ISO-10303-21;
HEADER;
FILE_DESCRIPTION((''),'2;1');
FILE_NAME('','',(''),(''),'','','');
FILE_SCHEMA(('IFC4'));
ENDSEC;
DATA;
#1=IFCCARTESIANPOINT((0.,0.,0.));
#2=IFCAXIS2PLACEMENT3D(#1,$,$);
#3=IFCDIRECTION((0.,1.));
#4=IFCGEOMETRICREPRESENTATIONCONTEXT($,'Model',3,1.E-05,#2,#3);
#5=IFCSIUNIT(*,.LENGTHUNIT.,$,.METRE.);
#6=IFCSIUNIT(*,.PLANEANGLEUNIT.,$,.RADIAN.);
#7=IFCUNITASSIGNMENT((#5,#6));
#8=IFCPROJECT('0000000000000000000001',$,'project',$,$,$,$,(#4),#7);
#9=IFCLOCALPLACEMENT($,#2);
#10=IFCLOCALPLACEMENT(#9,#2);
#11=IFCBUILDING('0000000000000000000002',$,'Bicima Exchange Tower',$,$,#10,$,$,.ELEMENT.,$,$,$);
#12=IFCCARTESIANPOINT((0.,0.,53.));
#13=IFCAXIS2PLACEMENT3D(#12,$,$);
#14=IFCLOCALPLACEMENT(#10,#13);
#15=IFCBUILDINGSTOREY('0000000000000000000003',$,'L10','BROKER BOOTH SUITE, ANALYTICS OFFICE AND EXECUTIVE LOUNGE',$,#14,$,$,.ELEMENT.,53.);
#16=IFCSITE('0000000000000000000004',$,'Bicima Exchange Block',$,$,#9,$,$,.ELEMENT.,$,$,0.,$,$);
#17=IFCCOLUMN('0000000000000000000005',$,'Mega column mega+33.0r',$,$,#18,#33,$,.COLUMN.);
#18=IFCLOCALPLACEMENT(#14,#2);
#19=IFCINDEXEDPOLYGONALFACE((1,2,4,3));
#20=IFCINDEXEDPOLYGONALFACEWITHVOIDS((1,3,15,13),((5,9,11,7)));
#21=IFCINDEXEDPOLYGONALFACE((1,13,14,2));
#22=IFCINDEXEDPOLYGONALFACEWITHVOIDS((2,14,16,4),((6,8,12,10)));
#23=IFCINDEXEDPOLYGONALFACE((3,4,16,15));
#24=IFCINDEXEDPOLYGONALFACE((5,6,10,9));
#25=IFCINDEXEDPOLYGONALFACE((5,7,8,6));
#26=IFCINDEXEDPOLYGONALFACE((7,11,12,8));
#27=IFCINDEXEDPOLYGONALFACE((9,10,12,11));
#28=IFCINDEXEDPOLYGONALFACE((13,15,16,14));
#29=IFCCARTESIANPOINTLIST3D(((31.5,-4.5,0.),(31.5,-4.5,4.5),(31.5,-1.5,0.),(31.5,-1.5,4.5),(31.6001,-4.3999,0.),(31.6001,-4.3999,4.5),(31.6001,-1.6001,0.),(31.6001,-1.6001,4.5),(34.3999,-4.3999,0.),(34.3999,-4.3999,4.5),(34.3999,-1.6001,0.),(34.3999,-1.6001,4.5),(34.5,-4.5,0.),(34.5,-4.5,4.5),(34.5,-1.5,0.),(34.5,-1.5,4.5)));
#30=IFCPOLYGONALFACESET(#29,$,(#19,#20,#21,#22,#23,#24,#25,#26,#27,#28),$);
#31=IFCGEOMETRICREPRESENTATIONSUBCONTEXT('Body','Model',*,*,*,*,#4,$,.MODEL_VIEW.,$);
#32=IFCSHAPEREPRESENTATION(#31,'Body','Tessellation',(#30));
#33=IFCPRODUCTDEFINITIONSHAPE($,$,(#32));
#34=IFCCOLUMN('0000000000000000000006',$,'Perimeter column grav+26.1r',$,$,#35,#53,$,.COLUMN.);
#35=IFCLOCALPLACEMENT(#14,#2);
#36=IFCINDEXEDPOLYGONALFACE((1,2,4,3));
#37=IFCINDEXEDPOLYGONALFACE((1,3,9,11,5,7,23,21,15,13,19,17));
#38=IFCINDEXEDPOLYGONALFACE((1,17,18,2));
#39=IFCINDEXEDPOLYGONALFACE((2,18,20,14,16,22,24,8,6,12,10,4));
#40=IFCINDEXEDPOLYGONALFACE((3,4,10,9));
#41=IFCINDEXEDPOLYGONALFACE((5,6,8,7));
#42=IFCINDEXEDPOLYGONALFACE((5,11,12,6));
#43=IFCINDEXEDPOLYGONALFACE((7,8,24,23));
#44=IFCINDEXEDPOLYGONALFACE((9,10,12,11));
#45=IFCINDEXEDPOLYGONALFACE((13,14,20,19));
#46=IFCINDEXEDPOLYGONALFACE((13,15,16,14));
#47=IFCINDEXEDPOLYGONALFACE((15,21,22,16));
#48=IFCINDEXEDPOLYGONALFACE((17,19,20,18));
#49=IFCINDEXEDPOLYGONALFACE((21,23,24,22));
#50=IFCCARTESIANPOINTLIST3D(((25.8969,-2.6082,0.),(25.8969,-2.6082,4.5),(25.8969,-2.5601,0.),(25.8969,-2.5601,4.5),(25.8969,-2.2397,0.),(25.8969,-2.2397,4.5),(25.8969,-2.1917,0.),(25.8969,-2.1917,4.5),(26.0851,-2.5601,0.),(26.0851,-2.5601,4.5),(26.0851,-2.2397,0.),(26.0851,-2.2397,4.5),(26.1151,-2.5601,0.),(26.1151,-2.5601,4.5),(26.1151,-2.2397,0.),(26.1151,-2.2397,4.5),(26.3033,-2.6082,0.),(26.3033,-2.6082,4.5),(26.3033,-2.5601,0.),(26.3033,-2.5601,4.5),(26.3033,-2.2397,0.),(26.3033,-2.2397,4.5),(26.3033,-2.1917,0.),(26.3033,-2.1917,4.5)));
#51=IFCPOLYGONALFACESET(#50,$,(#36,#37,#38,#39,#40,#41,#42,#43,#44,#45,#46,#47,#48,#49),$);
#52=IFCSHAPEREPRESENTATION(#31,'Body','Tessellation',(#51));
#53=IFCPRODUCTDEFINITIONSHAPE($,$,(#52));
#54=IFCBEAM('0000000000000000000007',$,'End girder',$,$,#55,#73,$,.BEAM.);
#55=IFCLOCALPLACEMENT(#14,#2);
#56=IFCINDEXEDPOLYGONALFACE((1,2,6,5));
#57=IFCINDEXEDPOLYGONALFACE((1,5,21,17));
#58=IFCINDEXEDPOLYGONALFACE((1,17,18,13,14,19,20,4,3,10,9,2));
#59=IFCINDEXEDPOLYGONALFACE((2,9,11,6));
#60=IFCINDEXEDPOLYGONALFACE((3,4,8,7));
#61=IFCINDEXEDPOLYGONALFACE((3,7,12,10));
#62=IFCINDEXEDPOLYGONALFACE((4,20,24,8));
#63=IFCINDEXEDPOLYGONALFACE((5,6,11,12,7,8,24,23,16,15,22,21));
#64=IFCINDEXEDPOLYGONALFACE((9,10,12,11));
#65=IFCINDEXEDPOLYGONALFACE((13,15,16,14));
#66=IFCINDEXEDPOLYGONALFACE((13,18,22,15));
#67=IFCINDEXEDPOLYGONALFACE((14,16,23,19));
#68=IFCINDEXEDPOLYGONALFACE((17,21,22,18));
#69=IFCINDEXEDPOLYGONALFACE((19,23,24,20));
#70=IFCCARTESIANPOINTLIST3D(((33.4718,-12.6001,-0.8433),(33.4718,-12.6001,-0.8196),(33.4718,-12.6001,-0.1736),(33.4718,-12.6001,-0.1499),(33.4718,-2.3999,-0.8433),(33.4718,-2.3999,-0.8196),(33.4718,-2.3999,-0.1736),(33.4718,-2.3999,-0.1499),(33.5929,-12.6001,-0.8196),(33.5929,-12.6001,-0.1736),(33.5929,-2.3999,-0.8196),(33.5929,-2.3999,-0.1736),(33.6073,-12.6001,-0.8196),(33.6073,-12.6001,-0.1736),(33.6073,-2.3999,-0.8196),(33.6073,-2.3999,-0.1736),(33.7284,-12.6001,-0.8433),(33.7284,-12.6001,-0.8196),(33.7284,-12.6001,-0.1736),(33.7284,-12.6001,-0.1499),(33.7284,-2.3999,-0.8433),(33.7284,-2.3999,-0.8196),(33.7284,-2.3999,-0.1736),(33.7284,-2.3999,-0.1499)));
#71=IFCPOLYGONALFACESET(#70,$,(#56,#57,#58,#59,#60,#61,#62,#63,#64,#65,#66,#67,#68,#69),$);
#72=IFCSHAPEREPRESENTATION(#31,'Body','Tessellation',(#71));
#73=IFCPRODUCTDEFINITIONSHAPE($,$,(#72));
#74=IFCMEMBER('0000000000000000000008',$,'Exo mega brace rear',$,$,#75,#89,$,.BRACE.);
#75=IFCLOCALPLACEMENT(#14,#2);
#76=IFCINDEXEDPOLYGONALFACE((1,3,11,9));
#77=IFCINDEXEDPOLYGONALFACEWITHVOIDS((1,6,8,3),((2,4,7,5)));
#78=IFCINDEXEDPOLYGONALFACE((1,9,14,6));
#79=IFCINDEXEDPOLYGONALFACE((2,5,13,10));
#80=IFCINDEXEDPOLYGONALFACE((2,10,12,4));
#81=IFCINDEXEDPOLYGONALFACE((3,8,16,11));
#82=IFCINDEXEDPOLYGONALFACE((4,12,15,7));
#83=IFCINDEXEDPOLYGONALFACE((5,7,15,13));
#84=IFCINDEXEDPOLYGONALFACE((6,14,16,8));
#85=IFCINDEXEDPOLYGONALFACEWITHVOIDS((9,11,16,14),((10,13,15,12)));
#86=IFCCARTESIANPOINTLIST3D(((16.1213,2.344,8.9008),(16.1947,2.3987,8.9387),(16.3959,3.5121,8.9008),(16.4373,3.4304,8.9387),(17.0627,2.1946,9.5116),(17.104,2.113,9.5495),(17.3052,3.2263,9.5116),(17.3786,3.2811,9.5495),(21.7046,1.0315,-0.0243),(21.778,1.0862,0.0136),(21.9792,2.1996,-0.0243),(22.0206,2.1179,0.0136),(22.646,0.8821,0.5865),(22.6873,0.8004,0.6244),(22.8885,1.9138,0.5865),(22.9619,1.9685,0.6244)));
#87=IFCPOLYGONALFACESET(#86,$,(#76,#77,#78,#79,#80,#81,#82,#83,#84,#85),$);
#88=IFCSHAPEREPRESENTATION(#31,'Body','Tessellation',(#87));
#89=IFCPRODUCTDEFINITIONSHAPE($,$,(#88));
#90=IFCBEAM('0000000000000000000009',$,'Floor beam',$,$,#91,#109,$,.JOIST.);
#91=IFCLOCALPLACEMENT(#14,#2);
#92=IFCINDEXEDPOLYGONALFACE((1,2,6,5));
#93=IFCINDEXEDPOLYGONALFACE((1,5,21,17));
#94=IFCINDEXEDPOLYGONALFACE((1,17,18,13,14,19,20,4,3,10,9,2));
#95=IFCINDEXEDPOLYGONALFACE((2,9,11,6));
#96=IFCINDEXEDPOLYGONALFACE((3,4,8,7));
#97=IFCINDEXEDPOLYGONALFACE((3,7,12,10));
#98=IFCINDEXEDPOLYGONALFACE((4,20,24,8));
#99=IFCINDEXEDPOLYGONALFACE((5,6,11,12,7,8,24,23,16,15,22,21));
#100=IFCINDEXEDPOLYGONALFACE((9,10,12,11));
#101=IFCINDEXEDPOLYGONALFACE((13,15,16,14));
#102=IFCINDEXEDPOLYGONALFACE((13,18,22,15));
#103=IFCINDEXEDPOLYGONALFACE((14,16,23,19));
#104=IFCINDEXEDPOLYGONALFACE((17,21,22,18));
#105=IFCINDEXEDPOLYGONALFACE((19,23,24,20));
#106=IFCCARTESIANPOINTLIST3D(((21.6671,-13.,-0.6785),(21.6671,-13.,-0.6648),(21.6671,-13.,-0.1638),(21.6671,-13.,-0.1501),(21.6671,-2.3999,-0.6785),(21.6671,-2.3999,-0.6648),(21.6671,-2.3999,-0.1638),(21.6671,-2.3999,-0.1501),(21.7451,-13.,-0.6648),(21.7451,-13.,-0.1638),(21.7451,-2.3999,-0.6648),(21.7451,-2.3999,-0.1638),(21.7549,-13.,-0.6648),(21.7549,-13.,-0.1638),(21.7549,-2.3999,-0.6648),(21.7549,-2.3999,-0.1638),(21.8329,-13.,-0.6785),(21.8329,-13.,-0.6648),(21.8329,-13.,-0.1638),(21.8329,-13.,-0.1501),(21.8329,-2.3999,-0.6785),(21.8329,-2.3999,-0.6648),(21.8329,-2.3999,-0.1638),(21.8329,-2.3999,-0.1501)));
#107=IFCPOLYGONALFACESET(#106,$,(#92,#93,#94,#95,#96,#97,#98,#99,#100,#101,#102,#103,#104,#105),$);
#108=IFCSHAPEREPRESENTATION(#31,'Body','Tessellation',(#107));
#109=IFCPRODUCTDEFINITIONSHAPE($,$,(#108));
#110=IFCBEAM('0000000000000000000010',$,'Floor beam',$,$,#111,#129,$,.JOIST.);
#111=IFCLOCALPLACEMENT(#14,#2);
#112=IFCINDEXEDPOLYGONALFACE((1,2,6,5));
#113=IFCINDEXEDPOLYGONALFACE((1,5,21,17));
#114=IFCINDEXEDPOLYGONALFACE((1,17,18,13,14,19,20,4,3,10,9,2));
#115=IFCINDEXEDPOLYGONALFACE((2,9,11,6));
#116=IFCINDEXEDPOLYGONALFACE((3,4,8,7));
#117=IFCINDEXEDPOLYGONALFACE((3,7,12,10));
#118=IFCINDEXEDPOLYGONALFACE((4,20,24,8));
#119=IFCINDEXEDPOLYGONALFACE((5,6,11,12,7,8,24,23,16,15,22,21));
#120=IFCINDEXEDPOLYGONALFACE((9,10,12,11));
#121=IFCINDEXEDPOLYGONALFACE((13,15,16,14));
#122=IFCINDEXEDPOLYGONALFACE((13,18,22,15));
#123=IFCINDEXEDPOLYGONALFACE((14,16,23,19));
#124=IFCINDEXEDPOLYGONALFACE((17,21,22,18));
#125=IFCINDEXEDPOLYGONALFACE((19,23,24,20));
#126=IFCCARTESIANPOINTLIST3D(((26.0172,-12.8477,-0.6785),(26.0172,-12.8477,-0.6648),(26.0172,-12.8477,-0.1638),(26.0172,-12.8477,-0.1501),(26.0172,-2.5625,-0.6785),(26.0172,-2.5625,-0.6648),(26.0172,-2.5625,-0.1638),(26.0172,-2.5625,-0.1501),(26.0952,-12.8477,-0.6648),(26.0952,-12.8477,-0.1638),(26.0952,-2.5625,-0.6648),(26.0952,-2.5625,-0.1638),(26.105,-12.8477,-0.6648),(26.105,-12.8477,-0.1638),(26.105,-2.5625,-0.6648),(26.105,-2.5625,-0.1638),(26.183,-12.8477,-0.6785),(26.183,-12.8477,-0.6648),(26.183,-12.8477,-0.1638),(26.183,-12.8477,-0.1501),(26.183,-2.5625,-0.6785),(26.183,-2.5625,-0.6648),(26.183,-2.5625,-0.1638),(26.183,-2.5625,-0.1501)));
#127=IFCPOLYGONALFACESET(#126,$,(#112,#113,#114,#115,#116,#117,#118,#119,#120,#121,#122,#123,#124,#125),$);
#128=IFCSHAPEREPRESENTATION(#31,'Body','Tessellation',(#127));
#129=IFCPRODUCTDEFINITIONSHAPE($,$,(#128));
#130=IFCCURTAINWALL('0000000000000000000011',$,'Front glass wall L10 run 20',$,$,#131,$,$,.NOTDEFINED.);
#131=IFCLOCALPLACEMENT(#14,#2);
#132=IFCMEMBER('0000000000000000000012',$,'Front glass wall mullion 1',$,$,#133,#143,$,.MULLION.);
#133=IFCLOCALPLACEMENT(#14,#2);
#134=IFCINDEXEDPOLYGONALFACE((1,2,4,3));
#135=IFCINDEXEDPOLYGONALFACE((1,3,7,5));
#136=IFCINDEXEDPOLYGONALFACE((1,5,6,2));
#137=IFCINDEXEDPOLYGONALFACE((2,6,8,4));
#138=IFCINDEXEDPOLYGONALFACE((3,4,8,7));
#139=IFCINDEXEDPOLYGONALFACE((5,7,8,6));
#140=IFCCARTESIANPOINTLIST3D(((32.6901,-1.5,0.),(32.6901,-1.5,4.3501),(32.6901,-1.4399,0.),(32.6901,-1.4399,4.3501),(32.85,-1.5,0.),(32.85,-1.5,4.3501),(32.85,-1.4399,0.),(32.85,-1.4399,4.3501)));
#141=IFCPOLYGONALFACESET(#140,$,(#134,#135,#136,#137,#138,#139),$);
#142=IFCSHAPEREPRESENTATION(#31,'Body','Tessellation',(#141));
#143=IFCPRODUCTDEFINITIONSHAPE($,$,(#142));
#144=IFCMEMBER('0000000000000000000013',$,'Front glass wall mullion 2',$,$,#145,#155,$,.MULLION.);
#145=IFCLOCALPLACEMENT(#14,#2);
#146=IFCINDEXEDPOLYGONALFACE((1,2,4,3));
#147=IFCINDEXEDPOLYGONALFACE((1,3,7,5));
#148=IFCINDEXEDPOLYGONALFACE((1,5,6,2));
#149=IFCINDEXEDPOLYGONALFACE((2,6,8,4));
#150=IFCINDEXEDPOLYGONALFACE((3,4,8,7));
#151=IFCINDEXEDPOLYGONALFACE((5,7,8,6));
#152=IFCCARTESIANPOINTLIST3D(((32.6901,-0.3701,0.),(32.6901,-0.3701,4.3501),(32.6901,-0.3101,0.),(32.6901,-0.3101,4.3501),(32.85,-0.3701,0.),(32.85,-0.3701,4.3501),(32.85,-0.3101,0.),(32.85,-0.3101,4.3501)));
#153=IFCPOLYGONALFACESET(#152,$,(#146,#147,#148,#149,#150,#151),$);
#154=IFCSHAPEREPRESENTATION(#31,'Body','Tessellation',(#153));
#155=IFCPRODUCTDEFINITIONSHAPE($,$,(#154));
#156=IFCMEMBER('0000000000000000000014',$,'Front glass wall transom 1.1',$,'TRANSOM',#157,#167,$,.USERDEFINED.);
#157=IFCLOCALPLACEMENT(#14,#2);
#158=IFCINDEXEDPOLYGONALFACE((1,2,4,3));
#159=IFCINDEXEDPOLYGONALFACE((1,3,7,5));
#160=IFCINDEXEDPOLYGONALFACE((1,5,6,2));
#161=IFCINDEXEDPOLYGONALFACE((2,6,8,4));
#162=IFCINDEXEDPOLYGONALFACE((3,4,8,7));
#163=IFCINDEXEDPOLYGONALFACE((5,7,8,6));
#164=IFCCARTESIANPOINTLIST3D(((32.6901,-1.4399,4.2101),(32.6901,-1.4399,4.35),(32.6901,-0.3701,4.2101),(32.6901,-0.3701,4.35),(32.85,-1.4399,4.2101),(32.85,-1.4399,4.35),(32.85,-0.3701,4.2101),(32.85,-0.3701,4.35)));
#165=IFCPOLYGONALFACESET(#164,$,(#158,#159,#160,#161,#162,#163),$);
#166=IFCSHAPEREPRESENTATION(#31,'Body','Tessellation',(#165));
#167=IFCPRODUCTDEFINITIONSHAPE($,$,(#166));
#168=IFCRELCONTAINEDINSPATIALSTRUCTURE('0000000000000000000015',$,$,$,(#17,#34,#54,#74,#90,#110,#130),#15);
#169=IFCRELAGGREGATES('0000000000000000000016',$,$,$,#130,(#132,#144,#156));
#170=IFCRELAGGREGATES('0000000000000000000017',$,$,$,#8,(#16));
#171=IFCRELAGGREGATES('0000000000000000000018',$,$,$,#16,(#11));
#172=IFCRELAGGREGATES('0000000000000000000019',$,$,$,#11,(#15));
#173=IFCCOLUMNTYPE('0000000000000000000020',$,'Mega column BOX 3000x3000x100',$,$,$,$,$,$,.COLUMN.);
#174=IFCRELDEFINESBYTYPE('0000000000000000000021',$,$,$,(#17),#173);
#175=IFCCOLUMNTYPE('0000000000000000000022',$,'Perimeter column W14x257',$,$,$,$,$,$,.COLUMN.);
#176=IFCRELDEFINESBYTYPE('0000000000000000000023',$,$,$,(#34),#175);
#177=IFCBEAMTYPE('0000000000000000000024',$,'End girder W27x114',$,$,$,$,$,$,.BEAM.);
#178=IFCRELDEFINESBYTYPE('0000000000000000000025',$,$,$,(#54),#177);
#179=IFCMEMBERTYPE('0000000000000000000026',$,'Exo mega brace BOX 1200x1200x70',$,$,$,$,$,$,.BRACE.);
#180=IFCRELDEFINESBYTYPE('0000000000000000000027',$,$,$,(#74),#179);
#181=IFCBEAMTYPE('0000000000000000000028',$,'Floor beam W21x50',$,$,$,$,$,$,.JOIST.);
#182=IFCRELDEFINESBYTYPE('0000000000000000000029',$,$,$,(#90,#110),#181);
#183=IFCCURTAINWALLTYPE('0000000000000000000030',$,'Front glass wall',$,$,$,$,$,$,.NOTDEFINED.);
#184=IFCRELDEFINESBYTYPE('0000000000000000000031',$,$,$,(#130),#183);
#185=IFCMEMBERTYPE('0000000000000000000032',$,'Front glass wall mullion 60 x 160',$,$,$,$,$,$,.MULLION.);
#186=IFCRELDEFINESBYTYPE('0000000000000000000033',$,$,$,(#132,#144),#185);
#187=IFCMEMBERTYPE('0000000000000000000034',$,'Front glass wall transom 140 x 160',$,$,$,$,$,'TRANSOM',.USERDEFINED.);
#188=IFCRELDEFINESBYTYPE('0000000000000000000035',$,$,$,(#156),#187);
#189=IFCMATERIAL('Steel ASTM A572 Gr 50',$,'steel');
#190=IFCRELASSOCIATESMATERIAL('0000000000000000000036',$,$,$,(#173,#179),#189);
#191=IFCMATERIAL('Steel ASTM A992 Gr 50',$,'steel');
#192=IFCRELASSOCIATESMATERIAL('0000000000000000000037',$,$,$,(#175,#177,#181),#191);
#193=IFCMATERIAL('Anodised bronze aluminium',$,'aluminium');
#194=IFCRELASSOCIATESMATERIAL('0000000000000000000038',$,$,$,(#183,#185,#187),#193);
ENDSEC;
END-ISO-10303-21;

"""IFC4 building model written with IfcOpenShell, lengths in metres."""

from ifc_helpers import new_model, si_unit, direction, frame, origin, origin_2d, place, context, subcontext, project, spatial, rectangle, hollow_rectangle, i_section, extrude, material, material_profile, profile_set, type_object, element, aggregate, save


model = new_model("IFC4")

# Units and contexts
model_context = context("Model", 3, precision=1e-05, world=origin(), true_north=direction((0.0, 1.0)))
body_context = subcontext(model_context, "Body", "Model", "MODEL_VIEW")
ifc_project = project(units=[si_unit("LENGTHUNIT", "METRE"), si_unit("PLANEANGLEUNIT", "RADIAN")], contexts=[model_context])

# Site, building, storey
site_placement = place(None, origin())
site = spatial("IfcSite", under=ifc_project, at=site_placement, Name="Bicima Exchange Block", CompositionType="ELEMENT", RefElevation=0.0)
building_placement = place(site_placement, origin())
building = spatial("IfcBuilding", under=site, at=building_placement, Name="Bicima Exchange Tower", CompositionType="ELEMENT")
storey_placement = place(building_placement, frame((0.0, 0.0, 53.0)))
storey = spatial("IfcBuildingStorey", under=building, at=storey_placement, Name="L10", Description="BROKER BOOTH SUITE, ANALYTICS OFFICE AND EXECUTIVE LOUNGE", CompositionType="ELEMENT", Elevation=53.0)

# Columns
ifc_material_1 = material(Name="Steel ASTM A572 Gr 50", Category="steel")
ifc_material_profile_1 = material_profile(ifc_material_1, hollow_rectangle(XDim=3.0, YDim=3.0, WallThickness=0.1001, at=origin_2d()))
ifc_profile_set_1 = profile_set([ifc_material_profile_1], Name="Steel ASTM A572 Gr 50")
column_type_1 = type_object("IfcColumnType", Name="Mega column BOX 3000x3000x100", PredefinedType="COLUMN", material=ifc_profile_set_1)
column_1_placement = place(storey_placement, frame((33.0, -3.0, 0.0), z_axis=(0.0, 0.0, 1.0), x_axis=(1.0, 0.0, 0.0)))
element("IfcColumn", 1, at=column_1_placement, inside=storey, type_object=column_type_1, Name="Mega column mega+33.0r", PredefinedType="COLUMN", context=body_context, shape_type="SweptSolid", body=[
    extrude(hollow_rectangle(XDim=3.0, YDim=3.0, WallThickness=0.1001, at=origin_2d()), origin(), (0.0, 0.0, 1.0), 4.5),
])
ifc_material_2 = material(Name="Steel ASTM A992 Gr 50", Category="steel")
ifc_material_profile_2 = material_profile(ifc_material_2, i_section(OverallWidth=0.4065, OverallDepth=0.4165, WebThickness=0.03, FlangeThickness=0.0481, at=origin_2d()))
ifc_profile_set_2 = profile_set([ifc_material_profile_2], Name="Steel ASTM A992 Gr 50")
column_type_2 = type_object("IfcColumnType", Name="Perimeter column W14x257", PredefinedType="COLUMN", material=ifc_profile_set_2)
column_2_placement = place(storey_placement, frame((26.1001, -2.3999, 0.0), z_axis=(0.0, 0.0, 1.0), x_axis=(1.0, 0.0, 0.0)))
element("IfcColumn", 2, at=column_2_placement, inside=storey, type_object=column_type_2, Name="Perimeter column grav+26.1r", PredefinedType="COLUMN", context=body_context, shape_type="SweptSolid", body=[
    extrude(i_section(OverallWidth=0.4065, OverallDepth=0.4165, WebThickness=0.03, FlangeThickness=0.0481, at=origin_2d()), origin(), (0.0, 0.0, 1.0), 4.5),
])

# Beam
ifc_material_profile_3 = material_profile(ifc_material_2, i_section(OverallWidth=0.2566, OverallDepth=0.6934, WebThickness=0.0144, FlangeThickness=0.0237, at=origin_2d()))
ifc_profile_set_3 = profile_set([ifc_material_profile_3], Name="Steel ASTM A992 Gr 50")
beam_type_1 = type_object("IfcBeamType", Name="End girder W27x114", PredefinedType="BEAM", material=ifc_profile_set_3)
beam_1_placement = place(storey_placement, frame((33.6001, -2.3999, -0.4966), z_axis=(0.0, -1.0, 0.0), x_axis=(1.0, 0.0, 0.0)))
element("IfcBeam", 3, at=beam_1_placement, inside=storey, type_object=beam_type_1, Name="End girder", PredefinedType="BEAM", context=body_context, shape_type="SweptSolid", body=[
    extrude(i_section(OverallWidth=0.2566, OverallDepth=0.6934, WebThickness=0.0144, FlangeThickness=0.0237, at=origin_2d()), origin(), (0.0, 0.0, 1.0), 10.2002),
])

# Member
ifc_material_profile_4 = material_profile(ifc_material_1, hollow_rectangle(XDim=1.2, YDim=1.2, WallThickness=0.0701, at=origin_2d()))
ifc_profile_set_4 = profile_set([ifc_material_profile_4], Name="Steel ASTM A572 Gr 50")
member_type_1 = type_object("IfcMemberType", Name="Exo mega brace BOX 1200x1200x70", PredefinedType="BRACE", material=ifc_profile_set_4)
member_1_placement = place(storey_placement, frame((22.3333, 1.5, 0.3), z_axis=(-0.526273, 0.123715, 0.841268), x_axis=(-0.22884, -0.973464, 0.0)))
element("IfcMember", 4, at=member_1_placement, inside=storey, type_object=member_type_1, Name="Exo mega brace rear", PredefinedType="BRACE", context=body_context, shape_type="SweptSolid", body=[
    extrude(hollow_rectangle(XDim=1.2, YDim=1.2, WallThickness=0.0701, at=origin_2d()), origin(), (0.0, 0.0, 1.0), 10.6091),
])

# Beams
ifc_material_profile_5 = material_profile(ifc_material_2, i_section(OverallWidth=0.1658, OverallDepth=0.5283, WebThickness=0.0098, FlangeThickness=0.0137, at=origin_2d()))
ifc_profile_set_5 = profile_set([ifc_material_profile_5], Name="Steel ASTM A992 Gr 50")
beam_type_2 = type_object("IfcBeamType", Name="Floor beam W21x50", PredefinedType="JOIST", material=ifc_profile_set_5)
beam_2_placement = place(storey_placement, frame((21.75, -2.3999, -0.4143), z_axis=(0.0, -1.0, 0.0), x_axis=(1.0, 0.0, 0.0)))
element("IfcBeam", 5, at=beam_2_placement, inside=storey, type_object=beam_type_2, Name="Floor beam", PredefinedType="JOIST", context=body_context, shape_type="SweptSolid", body=[
    extrude(i_section(OverallWidth=0.1658, OverallDepth=0.5283, WebThickness=0.0098, FlangeThickness=0.0137, at=origin_2d()), origin(), (0.0, 0.0, 1.0), 10.6001),
])
beam_3_placement = place(storey_placement, frame((26.1001, -2.5625, -0.4143), z_axis=(0.0, -1.0, 0.0), x_axis=(1.0, 0.0, 0.0)))
element("IfcBeam", 6, at=beam_3_placement, inside=storey, type_object=beam_type_2, Name="Floor beam", PredefinedType="JOIST", context=body_context, shape_type="SweptSolid", body=[
    extrude(i_section(OverallWidth=0.1658, OverallDepth=0.5283, WebThickness=0.0098, FlangeThickness=0.0137, at=origin_2d()), origin(), (0.0, 0.0, 1.0), 10.2852),
])

# Curtain wall, members
ifc_material_3 = material(Name="Anodised bronze aluminium", Category="aluminium")
curtain_wall_type = type_object("IfcCurtainWallType", Name="Front glass wall", PredefinedType="NOTDEFINED", material=ifc_material_3)
curtain_wall_placement = place(storey_placement, origin())
curtain_wall = element("IfcCurtainWall", 7, at=curtain_wall_placement, inside=storey, type_object=curtain_wall_type, Name="Front glass wall L10 run 20", PredefinedType="NOTDEFINED")
ifc_material_profile_6 = material_profile(ifc_material_3, rectangle(XDim=0.1599, YDim=0.0601, at=origin_2d()))
ifc_profile_set_6 = profile_set([ifc_material_profile_6], Name="Anodised bronze aluminium")
member_type_2 = type_object("IfcMemberType", Name="Front glass wall mullion 60 x 160", PredefinedType="MULLION", material=ifc_profile_set_6)
member_2_placement = place(storey_placement, frame((32.77, -1.47, 0.0), z_axis=(0.0, 0.0, 1.0), x_axis=(-1.0, 0.0, 0.0)))
member_2 = element("IfcMember", 8, at=member_2_placement, type_object=member_type_2, Name="Front glass wall mullion 1", PredefinedType="MULLION", context=body_context, shape_type="SweptSolid", body=[
    extrude(rectangle(XDim=0.1599, YDim=0.0601, at=origin_2d()), origin(), (0.0, 0.0, 1.0), 4.3501),
])
member_3_placement = place(storey_placement, frame((32.77, -0.3401, 0.0), z_axis=(0.0, 0.0, 1.0), x_axis=(-1.0, 0.0, 0.0)))
member_3 = element("IfcMember", 9, at=member_3_placement, type_object=member_type_2, Name="Front glass wall mullion 2", PredefinedType="MULLION", context=body_context, shape_type="SweptSolid", body=[
    extrude(rectangle(XDim=0.1599, YDim=0.0601, at=origin_2d()), origin(), (0.0, 0.0, 1.0), 4.3501),
])
ifc_material_profile_7 = material_profile(ifc_material_3, rectangle(XDim=0.1599, YDim=0.1399, at=origin_2d()))
ifc_profile_set_7 = profile_set([ifc_material_profile_7], Name="Anodised bronze aluminium")
member_type_3 = type_object("IfcMemberType", Name="Front glass wall transom 140 x 160", ElementType="TRANSOM", PredefinedType="USERDEFINED", material=ifc_profile_set_7)
member_4_placement = place(storey_placement, frame((32.77, -1.4399, 4.28), z_axis=(0.0, 1.0, 0.0), x_axis=(-1.0, 0.0, 0.0)))
member_4 = element("IfcMember", 10, at=member_4_placement, type_object=member_type_3, Name="Front glass wall transom 1.1", ObjectType="TRANSOM", PredefinedType="USERDEFINED", context=body_context, shape_type="SweptSolid", body=[
    extrude(rectangle(XDim=0.1599, YDim=0.1399, at=origin_2d()), origin(), (0.0, 0.0, 1.0), 1.0698),
])

aggregate(curtain_wall, [member_2, member_3, member_4])

save(model, "model.ifc")
